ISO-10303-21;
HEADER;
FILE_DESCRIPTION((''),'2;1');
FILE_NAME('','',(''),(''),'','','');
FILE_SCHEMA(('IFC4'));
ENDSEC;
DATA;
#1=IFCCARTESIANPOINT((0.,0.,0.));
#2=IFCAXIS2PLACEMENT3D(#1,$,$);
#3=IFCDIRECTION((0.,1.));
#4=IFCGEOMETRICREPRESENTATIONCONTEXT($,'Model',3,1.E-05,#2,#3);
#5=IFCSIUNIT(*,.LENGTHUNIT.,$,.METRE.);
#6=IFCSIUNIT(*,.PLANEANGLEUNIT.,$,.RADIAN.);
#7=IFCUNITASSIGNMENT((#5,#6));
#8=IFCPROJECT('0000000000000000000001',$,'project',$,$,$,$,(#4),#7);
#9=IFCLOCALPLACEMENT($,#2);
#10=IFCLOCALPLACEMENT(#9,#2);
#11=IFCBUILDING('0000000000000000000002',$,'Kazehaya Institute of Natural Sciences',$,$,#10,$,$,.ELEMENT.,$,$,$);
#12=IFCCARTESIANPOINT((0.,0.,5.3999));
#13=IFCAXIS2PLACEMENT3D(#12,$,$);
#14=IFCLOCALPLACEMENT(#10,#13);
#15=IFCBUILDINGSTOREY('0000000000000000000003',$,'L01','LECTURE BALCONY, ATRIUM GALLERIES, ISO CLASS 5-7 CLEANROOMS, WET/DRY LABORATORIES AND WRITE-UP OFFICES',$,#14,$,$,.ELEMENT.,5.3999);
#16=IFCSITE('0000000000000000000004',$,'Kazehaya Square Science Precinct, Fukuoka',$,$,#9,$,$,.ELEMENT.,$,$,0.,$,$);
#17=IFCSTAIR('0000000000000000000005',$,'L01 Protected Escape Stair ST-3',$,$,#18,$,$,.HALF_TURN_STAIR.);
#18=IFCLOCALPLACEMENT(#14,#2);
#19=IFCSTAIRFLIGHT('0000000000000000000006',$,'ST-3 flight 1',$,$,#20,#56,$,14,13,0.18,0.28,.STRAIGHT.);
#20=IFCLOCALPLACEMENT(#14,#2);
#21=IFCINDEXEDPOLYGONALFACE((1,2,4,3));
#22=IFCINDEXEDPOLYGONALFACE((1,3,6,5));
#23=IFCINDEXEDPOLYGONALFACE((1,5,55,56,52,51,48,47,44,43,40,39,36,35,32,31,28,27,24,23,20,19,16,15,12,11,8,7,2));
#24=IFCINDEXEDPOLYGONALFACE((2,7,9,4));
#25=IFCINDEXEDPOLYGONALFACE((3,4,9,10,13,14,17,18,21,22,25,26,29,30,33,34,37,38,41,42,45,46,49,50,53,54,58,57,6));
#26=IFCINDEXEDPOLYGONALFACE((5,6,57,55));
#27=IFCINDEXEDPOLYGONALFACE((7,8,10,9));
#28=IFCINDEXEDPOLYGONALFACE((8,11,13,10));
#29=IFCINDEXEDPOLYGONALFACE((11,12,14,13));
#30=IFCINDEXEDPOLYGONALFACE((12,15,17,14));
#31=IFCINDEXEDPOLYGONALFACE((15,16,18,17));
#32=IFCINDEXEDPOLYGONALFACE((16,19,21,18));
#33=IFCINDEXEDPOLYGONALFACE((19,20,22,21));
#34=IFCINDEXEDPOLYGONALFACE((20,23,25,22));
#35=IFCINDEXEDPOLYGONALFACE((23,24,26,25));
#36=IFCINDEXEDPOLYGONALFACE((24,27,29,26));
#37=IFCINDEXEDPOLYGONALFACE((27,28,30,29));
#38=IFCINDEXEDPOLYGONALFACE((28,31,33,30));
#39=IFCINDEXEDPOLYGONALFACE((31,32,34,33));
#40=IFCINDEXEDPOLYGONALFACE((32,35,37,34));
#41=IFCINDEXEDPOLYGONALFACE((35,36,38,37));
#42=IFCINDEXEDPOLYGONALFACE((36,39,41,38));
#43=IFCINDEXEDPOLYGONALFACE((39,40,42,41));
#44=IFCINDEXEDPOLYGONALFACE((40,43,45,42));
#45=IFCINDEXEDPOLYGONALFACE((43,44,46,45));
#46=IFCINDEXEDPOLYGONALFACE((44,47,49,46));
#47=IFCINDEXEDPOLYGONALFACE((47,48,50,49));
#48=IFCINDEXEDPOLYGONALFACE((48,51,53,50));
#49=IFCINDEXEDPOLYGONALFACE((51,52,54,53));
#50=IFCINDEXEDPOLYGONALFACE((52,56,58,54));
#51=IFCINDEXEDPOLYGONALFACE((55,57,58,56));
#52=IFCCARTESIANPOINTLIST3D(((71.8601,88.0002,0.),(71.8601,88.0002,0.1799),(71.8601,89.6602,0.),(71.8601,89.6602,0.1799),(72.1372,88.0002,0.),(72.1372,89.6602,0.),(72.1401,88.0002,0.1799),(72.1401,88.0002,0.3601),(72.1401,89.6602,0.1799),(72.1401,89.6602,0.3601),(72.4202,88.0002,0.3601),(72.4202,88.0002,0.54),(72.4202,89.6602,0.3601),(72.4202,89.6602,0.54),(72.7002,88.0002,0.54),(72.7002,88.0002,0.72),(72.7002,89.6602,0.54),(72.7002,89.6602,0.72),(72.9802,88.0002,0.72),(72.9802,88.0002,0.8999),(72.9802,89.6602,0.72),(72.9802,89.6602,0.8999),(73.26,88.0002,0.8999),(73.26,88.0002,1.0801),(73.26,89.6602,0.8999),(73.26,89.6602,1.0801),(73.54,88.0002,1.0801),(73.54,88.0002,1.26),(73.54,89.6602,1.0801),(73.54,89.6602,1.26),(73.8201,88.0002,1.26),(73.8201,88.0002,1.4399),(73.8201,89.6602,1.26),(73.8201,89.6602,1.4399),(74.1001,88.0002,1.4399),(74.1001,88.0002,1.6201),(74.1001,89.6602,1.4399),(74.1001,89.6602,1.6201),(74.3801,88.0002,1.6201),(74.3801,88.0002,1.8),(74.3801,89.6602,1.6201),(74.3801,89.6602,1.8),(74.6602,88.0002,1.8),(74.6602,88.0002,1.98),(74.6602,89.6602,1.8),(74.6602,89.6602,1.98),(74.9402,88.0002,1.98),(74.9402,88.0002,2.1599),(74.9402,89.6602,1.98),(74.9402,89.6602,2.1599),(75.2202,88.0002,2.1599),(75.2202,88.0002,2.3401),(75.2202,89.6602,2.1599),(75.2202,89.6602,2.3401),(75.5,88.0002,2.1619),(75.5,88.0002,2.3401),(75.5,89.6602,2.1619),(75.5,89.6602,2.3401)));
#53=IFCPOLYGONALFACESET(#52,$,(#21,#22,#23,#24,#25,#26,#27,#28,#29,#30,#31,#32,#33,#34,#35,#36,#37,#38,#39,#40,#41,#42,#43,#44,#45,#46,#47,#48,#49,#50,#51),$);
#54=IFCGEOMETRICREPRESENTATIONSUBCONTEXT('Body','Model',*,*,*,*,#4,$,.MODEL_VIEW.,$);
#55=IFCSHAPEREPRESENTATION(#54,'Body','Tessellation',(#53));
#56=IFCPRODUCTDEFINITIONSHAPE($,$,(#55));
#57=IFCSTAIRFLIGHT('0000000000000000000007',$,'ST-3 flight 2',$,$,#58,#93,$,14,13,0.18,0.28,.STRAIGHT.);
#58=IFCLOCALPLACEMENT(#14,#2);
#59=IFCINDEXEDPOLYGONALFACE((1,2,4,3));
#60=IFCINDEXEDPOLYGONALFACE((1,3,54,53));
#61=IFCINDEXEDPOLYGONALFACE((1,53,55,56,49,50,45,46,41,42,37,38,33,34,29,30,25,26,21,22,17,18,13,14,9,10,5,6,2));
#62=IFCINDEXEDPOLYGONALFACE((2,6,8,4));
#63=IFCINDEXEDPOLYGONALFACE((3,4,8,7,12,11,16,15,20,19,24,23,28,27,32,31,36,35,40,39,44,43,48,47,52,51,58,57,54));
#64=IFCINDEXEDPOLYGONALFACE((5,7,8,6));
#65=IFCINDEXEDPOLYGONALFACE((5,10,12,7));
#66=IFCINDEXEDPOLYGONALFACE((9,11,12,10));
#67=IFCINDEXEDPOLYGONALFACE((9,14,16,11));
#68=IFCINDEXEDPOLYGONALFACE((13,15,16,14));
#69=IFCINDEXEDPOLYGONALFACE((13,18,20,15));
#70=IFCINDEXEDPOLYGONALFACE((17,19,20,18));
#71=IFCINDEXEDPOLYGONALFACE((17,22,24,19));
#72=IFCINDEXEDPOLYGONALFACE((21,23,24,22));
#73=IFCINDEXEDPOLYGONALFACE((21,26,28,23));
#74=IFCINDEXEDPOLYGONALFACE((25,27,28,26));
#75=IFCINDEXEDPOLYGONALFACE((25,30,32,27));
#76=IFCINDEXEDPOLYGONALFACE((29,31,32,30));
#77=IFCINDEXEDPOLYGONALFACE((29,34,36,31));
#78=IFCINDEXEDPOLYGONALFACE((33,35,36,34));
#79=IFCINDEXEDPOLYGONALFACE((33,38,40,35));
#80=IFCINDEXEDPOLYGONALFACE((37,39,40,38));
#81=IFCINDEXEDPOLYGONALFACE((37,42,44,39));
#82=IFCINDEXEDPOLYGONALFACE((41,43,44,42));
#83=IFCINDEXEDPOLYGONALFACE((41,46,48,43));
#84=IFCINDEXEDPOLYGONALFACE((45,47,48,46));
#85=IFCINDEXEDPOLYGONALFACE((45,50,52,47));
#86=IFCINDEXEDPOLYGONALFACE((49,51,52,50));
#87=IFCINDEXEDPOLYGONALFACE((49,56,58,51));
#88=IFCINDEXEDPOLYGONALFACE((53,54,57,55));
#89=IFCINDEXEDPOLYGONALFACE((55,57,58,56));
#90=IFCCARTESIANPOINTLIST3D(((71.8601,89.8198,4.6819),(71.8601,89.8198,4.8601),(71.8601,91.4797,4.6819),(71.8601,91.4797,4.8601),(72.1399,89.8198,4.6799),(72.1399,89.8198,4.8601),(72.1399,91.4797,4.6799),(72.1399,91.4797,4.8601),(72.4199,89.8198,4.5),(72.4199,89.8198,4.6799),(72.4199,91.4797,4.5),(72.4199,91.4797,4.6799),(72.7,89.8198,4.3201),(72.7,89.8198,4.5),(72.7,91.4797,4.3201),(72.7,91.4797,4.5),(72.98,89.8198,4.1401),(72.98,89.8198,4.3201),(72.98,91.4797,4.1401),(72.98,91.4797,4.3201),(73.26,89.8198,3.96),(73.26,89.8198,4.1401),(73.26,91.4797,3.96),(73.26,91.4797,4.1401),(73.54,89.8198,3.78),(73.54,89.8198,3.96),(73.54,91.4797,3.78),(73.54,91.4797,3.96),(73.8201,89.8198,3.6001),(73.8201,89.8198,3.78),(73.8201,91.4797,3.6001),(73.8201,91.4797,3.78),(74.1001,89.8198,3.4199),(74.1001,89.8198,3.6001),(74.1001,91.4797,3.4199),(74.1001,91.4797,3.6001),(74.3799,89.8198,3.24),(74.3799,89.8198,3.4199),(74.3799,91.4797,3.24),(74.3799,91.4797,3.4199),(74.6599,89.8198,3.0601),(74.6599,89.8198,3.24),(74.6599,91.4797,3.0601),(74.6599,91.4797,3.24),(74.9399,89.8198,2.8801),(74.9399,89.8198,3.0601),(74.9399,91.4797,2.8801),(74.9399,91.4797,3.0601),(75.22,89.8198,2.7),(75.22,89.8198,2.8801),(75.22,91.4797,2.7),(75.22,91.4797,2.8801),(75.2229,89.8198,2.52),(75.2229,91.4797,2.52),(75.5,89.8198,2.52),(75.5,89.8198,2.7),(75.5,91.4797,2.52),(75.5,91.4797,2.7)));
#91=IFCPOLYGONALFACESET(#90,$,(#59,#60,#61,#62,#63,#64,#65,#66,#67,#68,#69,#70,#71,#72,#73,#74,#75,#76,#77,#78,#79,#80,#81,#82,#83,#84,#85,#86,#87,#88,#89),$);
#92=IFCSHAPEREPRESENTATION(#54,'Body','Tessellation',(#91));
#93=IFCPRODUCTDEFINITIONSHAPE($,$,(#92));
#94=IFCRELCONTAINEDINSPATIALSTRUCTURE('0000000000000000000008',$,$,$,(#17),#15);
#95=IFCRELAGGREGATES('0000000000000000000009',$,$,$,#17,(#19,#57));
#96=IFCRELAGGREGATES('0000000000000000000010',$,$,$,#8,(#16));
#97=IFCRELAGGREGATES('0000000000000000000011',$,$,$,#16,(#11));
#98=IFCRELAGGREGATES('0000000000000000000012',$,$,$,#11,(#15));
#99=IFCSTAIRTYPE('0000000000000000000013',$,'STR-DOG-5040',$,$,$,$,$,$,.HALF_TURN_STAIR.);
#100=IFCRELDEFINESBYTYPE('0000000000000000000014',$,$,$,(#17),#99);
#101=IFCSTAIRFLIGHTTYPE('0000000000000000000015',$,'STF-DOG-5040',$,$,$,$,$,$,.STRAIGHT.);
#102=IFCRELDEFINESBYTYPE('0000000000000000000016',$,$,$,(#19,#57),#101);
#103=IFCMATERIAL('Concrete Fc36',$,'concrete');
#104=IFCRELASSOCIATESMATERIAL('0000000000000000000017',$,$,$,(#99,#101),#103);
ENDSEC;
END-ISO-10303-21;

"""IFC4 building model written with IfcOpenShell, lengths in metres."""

from ifc_helpers import new_model, si_unit, direction, frame, origin, place, context, subcontext, project, spatial, polyline, outline, extrude, material, type_object, element, aggregate, save


model = new_model("IFC4")

# Units and contexts
model_context = context("Model", 3, precision=1e-05, world=origin(), true_north=direction((0.0, 1.0)))
body_context = subcontext(model_context, "Body", "Model", "MODEL_VIEW")
ifc_project = project(units=[si_unit("LENGTHUNIT", "METRE"), si_unit("PLANEANGLEUNIT", "RADIAN")], contexts=[model_context])

# Site, building, storey
site_placement = place(None, origin())
site = spatial("IfcSite", under=ifc_project, at=site_placement, Name="Kazehaya Square Science Precinct, Fukuoka", CompositionType="ELEMENT", RefElevation=0.0)
building_placement = place(site_placement, origin())
building = spatial("IfcBuilding", under=site, at=building_placement, Name="Kazehaya Institute of Natural Sciences", CompositionType="ELEMENT")
storey_placement = place(building_placement, frame((0.0, 0.0, 5.3999)))
storey = spatial("IfcBuildingStorey", under=building, at=storey_placement, Name="L01", Description="LECTURE BALCONY, ATRIUM GALLERIES, ISO CLASS 5-7 CLEANROOMS, WET/DRY LABORATORIES AND WRITE-UP OFFICES", CompositionType="ELEMENT", Elevation=5.3999)

# Shared definitions
ifc_material_1 = material(Name="Concrete Fc36", Category="concrete")

# Stair, stair flights
stair_type = type_object("IfcStairType", Name="STR-DOG-5040", PredefinedType="HALF_TURN_STAIR", material=ifc_material_1)
stair_placement = place(storey_placement, origin())
stair = element("IfcStair", 1, at=stair_placement, inside=storey, type_object=stair_type, Name="L01 Protected Escape Stair ST-3", PredefinedType="HALF_TURN_STAIR")
stair_flight_type = type_object("IfcStairFlightType", Name="STF-DOG-5040", PredefinedType="STRAIGHT", material=ifc_material_1)
stair_flight_1_placement = place(storey_placement, frame((71.8601, 88.8301, 0.0), z_axis=(0.0, 0.0, 1.0), x_axis=(1.0, 0.0, 0.0)))
stair_flight_1 = element("IfcStairFlight", 2, at=stair_flight_1_placement, type_object=stair_flight_type, Name="ST-3 flight 1", NumberOfRisers=14, NumberOfTreads=13, PredefinedType="STRAIGHT", RiserHeight=0.18, TreadLength=0.28, context=body_context, shape_type="SweptSolid", body=[
    extrude(outline(polyline([(0.0, 0.0), (0.0, 0.1799), (0.28, 0.1799), (0.28, 0.3601), (0.5601, 0.3601), (0.5601, 0.54), (0.8401, 0.54), (0.8401, 0.72), (1.1201, 0.72), (1.1201, 0.8999), (1.3999, 0.8999), (1.3999, 1.0801), (1.6799, 1.0801), (1.6799, 1.26), (1.96, 1.26), (1.96, 1.4399), (2.24, 1.4399), (2.24, 1.6201), (2.52, 1.6201), (2.52, 1.8), (2.8, 1.8), (2.8, 1.98), (3.0801, 1.98), (3.0801, 2.1599), (3.3601, 2.1599), (3.3601, 2.3401), (3.6399, 2.3401), (3.6399, 2.52), (3.6399, 2.1619), (0.2771, 0.0), (0.0, 0.0)])), frame((0.0, 0.8301, 0.0), z_axis=(0.0, -1.0, 0.0), x_axis=(1.0, 0.0, 0.0)), (0.0, 0.0, 1.0), 1.6599),
])
stair_flight_2_placement = place(storey_placement, frame((75.5, 90.6499, 2.52), z_axis=(0.0, 0.0, 1.0), x_axis=(-1.0, 0.0, 0.0)))
stair_flight_2 = element("IfcStairFlight", 3, at=stair_flight_2_placement, type_object=stair_flight_type, Name="ST-3 flight 2", NumberOfRisers=14, NumberOfTreads=13, PredefinedType="STRAIGHT", RiserHeight=0.18, TreadLength=0.28, context=body_context, shape_type="SweptSolid", body=[
    extrude(outline(polyline([(0.0, 0.0), (0.0, 0.1799), (0.28, 0.1799), (0.28, 0.3601), (0.5601, 0.3601), (0.5601, 0.54), (0.8401, 0.54), (0.8401, 0.72), (1.1201, 0.72), (1.1201, 0.8999), (1.3999, 0.8999), (1.3999, 1.0801), (1.6799, 1.0801), (1.6799, 1.26), (1.96, 1.26), (1.96, 1.4399), (2.24, 1.4399), (2.24, 1.6201), (2.52, 1.6201), (2.52, 1.8), (2.8, 1.8), (2.8, 1.98), (3.0801, 1.98), (3.0801, 2.1599), (3.3601, 2.1599), (3.3601, 2.3401), (3.6399, 2.3401), (3.6399, 2.52), (3.6399, 2.1619), (0.2771, 0.0), (0.0, 0.0)])), frame((0.0, 0.8301, 0.0), z_axis=(0.0, -1.0, 0.0), x_axis=(1.0, 0.0, 0.0)), (0.0, 0.0, 1.0), 1.6599),
])
aggregate(stair, [stair_flight_1, stair_flight_2])

save(model, "model.ifc")
